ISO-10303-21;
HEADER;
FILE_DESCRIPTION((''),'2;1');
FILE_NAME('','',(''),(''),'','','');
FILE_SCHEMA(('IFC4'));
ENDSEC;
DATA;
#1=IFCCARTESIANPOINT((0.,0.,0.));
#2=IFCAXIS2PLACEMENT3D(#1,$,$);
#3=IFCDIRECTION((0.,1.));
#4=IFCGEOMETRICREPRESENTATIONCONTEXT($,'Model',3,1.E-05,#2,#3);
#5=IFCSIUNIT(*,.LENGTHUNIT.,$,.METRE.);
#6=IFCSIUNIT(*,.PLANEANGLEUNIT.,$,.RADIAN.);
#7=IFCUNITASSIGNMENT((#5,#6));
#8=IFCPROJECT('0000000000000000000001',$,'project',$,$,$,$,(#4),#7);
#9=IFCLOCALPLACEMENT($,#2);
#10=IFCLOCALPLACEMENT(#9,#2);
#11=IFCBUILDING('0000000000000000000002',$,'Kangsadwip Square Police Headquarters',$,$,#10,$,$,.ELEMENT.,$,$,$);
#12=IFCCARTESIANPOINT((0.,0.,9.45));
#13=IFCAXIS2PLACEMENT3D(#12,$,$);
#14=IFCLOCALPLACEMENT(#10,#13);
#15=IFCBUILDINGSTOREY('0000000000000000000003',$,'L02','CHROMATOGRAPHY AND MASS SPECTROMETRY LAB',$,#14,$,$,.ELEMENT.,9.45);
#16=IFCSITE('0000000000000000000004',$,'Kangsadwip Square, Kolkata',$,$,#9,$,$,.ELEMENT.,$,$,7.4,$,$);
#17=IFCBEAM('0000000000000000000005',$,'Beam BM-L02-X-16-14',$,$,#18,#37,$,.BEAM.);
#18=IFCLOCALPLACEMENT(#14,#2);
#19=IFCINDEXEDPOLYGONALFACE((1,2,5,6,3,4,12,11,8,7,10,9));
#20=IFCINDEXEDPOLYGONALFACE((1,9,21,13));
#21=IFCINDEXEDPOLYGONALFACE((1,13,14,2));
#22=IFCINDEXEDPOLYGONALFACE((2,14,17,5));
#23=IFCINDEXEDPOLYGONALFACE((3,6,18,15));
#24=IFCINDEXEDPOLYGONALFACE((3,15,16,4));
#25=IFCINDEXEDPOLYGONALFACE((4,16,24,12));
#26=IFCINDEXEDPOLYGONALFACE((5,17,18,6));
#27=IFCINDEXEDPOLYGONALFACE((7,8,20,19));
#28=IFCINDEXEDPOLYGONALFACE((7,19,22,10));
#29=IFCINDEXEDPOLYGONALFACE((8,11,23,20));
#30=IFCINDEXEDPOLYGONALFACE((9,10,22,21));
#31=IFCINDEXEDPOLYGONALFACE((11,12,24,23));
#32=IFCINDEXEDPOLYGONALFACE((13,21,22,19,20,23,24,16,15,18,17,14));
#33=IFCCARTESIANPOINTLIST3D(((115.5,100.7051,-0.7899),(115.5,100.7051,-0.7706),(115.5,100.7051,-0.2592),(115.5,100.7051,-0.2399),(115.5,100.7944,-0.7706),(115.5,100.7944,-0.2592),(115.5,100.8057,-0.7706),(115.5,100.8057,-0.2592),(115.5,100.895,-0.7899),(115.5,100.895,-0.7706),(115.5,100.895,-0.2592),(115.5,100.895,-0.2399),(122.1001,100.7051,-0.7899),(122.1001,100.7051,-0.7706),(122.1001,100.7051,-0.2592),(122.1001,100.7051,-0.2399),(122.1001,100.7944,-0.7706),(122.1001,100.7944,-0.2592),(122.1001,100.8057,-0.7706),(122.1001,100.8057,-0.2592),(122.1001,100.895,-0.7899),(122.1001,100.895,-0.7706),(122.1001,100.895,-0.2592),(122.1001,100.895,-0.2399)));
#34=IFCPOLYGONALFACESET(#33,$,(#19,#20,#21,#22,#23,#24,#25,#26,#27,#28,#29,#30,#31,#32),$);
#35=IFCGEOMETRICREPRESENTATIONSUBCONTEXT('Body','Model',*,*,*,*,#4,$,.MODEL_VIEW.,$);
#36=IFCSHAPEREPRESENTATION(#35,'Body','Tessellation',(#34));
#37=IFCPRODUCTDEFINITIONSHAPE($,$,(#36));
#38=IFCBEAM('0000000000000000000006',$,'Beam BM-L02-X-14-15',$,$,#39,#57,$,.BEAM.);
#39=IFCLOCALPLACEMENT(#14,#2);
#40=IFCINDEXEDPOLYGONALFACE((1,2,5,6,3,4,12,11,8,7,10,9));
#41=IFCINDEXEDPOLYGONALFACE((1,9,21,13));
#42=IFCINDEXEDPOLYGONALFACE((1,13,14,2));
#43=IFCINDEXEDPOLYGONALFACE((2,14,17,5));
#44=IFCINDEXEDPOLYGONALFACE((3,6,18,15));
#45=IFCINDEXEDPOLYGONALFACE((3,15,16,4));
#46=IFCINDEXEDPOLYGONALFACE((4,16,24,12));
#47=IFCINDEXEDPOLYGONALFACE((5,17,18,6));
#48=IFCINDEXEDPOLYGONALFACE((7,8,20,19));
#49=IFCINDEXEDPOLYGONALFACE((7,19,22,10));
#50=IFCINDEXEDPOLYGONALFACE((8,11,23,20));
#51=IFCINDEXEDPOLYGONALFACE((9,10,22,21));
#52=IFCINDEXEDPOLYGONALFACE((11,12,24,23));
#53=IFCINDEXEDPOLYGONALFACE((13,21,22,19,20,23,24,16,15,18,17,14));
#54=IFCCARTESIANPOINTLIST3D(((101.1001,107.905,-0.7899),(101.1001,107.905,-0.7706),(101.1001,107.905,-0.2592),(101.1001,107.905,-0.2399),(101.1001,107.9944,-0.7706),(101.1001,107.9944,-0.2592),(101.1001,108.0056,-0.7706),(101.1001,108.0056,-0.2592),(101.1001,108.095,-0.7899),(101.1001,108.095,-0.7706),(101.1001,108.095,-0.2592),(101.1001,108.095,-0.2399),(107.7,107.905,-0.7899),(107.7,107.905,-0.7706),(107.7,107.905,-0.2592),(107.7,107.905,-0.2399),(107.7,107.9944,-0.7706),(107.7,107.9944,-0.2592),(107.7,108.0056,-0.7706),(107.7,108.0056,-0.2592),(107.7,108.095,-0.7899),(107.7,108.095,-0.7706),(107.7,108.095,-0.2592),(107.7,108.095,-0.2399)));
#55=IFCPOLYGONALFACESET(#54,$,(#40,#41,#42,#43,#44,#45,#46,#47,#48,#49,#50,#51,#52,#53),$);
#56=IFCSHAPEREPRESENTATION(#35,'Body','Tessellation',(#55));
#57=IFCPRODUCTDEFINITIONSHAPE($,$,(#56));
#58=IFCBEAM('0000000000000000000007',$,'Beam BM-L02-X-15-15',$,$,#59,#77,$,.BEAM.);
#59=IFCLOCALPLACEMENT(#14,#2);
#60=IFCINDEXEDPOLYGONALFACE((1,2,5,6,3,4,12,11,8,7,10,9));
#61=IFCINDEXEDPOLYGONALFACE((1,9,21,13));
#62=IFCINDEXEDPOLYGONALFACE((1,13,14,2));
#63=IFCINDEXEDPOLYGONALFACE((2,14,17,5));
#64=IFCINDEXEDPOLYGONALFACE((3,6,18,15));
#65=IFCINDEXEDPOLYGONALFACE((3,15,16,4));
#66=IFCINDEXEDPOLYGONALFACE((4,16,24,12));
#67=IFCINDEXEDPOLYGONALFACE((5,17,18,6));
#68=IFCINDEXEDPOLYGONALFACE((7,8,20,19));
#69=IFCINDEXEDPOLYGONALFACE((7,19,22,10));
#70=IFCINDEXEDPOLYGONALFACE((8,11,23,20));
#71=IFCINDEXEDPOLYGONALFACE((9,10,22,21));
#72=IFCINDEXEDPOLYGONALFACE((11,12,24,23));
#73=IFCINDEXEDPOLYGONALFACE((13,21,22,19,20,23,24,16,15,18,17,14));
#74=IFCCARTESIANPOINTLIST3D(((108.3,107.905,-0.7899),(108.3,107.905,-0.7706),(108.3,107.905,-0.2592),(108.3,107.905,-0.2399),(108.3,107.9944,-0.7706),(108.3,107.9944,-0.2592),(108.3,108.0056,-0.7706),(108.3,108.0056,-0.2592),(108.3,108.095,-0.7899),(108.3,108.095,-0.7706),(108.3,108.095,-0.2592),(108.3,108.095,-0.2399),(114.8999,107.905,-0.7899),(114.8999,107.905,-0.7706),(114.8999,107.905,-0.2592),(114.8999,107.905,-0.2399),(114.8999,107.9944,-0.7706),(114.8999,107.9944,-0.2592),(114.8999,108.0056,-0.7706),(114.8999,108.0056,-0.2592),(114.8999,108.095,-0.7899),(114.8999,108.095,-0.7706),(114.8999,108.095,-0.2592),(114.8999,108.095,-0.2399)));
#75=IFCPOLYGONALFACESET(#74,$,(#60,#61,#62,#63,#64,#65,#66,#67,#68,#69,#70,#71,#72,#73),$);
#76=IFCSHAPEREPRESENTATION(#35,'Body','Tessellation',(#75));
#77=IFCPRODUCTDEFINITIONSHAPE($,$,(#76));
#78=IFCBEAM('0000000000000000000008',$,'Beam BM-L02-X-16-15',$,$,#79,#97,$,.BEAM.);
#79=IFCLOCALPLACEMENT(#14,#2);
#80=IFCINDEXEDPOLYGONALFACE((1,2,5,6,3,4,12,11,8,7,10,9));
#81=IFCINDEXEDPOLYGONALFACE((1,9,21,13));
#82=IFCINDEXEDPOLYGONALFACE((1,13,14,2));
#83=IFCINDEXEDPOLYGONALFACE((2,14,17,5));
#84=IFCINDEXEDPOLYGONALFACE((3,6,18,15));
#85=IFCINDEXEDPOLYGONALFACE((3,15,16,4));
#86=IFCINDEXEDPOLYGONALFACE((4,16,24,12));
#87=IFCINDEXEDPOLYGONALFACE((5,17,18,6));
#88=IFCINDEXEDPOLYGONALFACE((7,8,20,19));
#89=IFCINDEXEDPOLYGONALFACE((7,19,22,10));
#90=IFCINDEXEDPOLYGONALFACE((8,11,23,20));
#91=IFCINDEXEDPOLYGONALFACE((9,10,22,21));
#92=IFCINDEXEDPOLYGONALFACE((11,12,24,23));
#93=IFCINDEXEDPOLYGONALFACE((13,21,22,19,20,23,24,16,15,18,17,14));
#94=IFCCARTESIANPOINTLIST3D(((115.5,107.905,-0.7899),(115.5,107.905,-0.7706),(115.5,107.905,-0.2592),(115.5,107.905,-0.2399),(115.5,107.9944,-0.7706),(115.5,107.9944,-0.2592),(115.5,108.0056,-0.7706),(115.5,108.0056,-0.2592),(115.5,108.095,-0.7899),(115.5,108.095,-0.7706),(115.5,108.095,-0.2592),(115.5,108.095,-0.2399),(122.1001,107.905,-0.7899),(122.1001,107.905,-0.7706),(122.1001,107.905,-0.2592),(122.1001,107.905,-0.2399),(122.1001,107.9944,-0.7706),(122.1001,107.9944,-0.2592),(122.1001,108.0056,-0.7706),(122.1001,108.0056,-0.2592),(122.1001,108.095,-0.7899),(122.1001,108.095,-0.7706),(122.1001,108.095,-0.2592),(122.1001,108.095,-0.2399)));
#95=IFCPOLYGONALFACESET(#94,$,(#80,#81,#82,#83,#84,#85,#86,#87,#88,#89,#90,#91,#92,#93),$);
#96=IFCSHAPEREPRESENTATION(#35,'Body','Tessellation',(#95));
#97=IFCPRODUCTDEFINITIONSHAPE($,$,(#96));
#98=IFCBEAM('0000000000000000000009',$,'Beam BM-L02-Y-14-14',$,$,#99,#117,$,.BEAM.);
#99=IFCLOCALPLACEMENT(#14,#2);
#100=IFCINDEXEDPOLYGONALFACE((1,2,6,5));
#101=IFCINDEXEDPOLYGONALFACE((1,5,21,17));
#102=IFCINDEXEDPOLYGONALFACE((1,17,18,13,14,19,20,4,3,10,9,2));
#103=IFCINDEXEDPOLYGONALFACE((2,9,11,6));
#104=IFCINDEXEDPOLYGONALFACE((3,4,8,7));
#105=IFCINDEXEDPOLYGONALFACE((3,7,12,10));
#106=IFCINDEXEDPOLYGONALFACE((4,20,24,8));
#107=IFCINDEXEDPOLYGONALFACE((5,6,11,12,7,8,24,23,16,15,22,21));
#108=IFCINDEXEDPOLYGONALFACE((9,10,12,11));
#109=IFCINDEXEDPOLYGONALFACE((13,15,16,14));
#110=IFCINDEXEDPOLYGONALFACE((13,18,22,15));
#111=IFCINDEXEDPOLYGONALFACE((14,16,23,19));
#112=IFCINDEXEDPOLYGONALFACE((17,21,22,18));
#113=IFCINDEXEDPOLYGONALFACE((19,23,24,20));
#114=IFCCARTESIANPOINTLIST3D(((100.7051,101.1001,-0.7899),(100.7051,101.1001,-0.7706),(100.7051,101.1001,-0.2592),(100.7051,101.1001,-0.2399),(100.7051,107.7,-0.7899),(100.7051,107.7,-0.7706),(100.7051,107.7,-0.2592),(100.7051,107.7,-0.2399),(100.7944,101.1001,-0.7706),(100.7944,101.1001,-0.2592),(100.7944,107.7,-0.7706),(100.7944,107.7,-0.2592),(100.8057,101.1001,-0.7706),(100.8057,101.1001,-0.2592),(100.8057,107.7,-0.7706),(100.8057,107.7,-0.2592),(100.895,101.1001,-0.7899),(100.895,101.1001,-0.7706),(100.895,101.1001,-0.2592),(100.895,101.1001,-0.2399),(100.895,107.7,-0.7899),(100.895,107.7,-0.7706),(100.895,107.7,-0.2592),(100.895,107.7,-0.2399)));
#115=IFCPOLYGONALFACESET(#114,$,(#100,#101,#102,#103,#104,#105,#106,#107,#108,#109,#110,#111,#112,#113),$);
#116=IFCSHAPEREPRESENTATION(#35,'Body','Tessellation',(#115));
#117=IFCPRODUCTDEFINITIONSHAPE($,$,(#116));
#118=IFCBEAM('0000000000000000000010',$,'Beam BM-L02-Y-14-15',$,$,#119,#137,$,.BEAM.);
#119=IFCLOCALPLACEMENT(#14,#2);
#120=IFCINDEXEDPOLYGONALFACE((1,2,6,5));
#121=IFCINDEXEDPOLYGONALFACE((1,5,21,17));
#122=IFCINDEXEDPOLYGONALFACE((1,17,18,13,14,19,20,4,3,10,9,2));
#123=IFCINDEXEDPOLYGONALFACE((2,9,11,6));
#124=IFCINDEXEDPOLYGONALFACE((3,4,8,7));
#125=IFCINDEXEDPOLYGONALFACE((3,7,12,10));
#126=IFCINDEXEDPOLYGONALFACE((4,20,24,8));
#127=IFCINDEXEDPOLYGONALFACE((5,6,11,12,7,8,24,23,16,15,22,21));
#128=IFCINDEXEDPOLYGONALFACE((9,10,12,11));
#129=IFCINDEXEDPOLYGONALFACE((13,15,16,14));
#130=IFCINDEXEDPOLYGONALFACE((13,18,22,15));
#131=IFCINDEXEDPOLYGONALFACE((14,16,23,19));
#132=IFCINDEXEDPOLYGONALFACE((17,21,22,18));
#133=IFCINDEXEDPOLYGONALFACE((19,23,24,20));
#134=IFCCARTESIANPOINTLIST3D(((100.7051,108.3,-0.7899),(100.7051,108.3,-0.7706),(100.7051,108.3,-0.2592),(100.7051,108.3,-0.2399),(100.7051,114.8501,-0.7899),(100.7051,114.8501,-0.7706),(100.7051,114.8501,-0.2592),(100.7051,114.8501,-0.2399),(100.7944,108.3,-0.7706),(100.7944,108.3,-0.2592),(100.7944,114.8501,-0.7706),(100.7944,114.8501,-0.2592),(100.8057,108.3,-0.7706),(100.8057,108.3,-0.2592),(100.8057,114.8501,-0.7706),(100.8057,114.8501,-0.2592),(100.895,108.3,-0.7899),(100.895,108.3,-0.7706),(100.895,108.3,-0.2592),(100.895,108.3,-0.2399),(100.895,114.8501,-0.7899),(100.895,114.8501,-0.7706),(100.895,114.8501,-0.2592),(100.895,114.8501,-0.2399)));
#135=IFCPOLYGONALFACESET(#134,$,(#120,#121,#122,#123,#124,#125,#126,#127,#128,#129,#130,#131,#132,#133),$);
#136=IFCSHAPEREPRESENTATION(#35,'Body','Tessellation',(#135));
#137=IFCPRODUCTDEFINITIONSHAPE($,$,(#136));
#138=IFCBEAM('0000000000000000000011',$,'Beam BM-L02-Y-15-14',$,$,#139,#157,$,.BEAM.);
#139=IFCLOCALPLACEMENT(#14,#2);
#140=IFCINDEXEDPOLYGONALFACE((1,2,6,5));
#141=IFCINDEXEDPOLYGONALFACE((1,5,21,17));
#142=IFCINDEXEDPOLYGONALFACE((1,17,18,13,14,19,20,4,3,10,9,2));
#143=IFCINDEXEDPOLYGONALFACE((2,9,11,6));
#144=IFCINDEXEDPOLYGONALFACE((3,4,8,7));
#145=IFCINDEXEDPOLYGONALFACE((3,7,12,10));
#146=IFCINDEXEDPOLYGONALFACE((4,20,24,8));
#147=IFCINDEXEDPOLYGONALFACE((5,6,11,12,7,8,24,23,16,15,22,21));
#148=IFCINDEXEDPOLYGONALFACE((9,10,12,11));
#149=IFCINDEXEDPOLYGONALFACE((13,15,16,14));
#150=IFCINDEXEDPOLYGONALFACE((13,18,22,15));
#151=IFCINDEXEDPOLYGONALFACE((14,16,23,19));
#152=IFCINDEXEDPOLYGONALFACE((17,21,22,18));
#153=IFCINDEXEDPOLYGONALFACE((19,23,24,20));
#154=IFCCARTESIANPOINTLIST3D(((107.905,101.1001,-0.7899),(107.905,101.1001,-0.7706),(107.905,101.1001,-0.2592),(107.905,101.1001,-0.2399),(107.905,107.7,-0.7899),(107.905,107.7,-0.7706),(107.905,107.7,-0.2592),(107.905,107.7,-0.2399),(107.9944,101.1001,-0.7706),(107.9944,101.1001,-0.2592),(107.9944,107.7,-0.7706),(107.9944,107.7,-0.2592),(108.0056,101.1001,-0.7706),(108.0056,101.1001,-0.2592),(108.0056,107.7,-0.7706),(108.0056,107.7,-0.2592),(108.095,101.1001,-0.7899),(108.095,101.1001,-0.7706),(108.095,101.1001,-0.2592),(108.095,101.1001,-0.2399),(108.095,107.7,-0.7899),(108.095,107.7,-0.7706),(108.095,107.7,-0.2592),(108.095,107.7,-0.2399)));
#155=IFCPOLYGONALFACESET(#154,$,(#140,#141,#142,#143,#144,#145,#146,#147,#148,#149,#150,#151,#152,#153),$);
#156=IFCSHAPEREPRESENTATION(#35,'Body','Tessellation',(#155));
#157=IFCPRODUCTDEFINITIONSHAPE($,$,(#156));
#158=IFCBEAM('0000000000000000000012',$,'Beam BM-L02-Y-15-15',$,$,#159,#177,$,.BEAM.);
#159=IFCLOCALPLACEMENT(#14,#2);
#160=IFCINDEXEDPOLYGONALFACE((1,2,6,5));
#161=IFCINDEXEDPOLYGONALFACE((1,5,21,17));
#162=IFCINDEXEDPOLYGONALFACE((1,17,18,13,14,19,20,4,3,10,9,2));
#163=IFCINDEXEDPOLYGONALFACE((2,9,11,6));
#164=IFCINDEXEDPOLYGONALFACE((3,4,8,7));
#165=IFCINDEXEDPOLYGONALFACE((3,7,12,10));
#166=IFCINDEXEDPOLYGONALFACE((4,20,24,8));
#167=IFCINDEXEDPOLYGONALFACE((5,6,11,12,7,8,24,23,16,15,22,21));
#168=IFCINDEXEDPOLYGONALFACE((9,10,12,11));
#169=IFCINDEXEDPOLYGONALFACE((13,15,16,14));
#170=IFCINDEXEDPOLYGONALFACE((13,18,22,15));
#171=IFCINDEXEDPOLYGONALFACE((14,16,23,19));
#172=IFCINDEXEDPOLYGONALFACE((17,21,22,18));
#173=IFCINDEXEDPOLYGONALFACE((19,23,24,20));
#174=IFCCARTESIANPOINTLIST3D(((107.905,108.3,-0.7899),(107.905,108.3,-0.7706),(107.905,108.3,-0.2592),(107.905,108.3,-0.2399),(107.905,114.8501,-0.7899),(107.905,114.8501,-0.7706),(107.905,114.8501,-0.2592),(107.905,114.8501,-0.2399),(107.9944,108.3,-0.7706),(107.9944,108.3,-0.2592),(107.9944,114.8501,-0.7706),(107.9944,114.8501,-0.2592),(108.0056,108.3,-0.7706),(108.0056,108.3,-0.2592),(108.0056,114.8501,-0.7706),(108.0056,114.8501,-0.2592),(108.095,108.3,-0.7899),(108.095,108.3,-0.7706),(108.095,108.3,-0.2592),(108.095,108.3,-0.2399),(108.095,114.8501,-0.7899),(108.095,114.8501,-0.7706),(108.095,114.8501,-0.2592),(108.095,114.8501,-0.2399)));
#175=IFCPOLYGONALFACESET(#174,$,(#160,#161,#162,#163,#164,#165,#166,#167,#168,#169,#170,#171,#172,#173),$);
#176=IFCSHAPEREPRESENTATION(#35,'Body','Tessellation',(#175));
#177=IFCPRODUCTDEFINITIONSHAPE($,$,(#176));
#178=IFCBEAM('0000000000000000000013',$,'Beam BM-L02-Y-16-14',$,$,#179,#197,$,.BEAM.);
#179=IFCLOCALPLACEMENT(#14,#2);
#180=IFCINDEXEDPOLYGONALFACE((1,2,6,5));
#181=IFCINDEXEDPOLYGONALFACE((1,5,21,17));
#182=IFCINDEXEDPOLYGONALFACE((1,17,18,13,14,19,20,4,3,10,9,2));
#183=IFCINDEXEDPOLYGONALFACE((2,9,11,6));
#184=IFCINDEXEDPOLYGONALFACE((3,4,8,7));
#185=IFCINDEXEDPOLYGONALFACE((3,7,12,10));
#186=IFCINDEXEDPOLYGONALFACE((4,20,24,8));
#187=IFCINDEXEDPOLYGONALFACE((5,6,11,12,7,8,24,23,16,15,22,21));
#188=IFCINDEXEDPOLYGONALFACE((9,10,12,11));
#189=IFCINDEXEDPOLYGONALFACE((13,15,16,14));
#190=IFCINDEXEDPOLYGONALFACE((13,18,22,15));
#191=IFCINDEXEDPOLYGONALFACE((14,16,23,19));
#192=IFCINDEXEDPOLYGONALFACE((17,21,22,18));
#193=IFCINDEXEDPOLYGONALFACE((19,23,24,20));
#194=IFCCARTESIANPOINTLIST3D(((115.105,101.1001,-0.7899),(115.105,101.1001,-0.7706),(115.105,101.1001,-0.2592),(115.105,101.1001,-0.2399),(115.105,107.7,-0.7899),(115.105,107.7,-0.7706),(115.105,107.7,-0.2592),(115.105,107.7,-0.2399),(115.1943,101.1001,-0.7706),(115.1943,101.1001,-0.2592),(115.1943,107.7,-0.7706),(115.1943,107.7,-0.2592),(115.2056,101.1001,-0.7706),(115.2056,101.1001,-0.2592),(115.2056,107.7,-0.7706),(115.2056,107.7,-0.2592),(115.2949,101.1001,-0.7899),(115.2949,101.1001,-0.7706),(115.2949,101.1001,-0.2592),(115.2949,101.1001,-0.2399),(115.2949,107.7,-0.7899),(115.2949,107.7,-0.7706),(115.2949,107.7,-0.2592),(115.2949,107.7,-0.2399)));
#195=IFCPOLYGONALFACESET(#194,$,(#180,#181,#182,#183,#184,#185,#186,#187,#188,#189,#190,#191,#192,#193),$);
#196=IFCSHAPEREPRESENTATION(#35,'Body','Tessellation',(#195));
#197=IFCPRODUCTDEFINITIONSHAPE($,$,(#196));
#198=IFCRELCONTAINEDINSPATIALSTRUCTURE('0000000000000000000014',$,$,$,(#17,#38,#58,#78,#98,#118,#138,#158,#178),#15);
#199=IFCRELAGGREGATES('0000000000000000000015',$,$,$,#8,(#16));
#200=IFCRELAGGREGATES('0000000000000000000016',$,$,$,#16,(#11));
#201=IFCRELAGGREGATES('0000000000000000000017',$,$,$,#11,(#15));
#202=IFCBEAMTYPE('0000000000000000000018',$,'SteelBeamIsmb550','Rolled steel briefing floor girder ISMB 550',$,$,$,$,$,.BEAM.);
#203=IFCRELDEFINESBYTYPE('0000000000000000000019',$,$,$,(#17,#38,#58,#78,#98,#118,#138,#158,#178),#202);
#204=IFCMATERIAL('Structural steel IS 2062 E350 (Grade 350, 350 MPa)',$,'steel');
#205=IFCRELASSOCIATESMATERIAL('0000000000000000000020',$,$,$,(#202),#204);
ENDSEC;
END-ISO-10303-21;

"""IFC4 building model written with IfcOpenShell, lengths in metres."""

from ifc_helpers import new_model, si_unit, direction, frame, origin, origin_2d, place, context, subcontext, project, spatial, i_section, extrude, material, material_profile, profile_set, type_object, element, save


model = new_model("IFC4")

# Units and contexts
model_context = context("Model", 3, precision=1e-05, world=origin(), true_north=direction((0.0, 1.0)))
body_context = subcontext(model_context, "Body", "Model", "MODEL_VIEW")
ifc_project = project(units=[si_unit("LENGTHUNIT", "METRE"), si_unit("PLANEANGLEUNIT", "RADIAN")], contexts=[model_context])

# Site, building, storey
site_placement = place(None, origin())
site = spatial("IfcSite", under=ifc_project, at=site_placement, Name="Kangsadwip Square, Kolkata", CompositionType="ELEMENT", RefElevation=7.4)
building_placement = place(site_placement, origin())
building = spatial("IfcBuilding", under=site, at=building_placement, Name="Kangsadwip Square Police Headquarters", CompositionType="ELEMENT")
storey_placement = place(building_placement, frame((0.0, 0.0, 9.45)))
storey = spatial("IfcBuildingStorey", under=building, at=storey_placement, Name="L02", Description="CHROMATOGRAPHY AND MASS SPECTROMETRY LAB", CompositionType="ELEMENT", Elevation=9.45)

# Beams
ifc_material_1 = material(Name="Structural steel IS 2062 E350 (Grade 350, 350 MPa)", Category="steel")
ifc_material_profile_1 = material_profile(ifc_material_1, i_section(OverallWidth=0.1899, OverallDepth=0.55, WebThickness=0.0112, FlangeThickness=0.0193, at=origin_2d()), Name="ISMB 550")
ifc_profile_set_1 = profile_set([ifc_material_profile_1], Name="Structural steel IS 2062 E350 (Grade 350, 350 MPa)")
beam_type_1 = type_object("IfcBeamType", Name="SteelBeamIsmb550", Description="Rolled steel briefing floor girder ISMB 550", PredefinedType="BEAM", material=ifc_profile_set_1)
beam_1_placement = place(storey_placement, frame((115.5, 100.8, -0.5149), z_axis=(1.0, 0.0, 0.0), x_axis=(0.0, 1.0, 0.0)))
element("IfcBeam", 1, at=beam_1_placement, inside=storey, type_object=beam_type_1, Name="Beam BM-L02-X-16-14", PredefinedType="BEAM", context=body_context, shape_type="SweptSolid", body=[
    extrude(i_section(OverallWidth=0.1899, OverallDepth=0.55, WebThickness=0.0112, FlangeThickness=0.0193, at=origin_2d()), origin(), (0.0, 0.0, 1.0), 6.6001),
])
for number, where, z_axis, x_axis, name in (
    (2, (101.1001, 108.0, -0.5149), (1.0, 0.0, 0.0), (0.0, 1.0, 0.0), "Beam BM-L02-X-14-15"),
    (3, (108.3, 108.0, -0.5149), (1.0, 0.0, 0.0), (0.0, 1.0, 0.0), "Beam BM-L02-X-15-15"),
):
    element("IfcBeam", number, at=place(storey_placement, frame(where, z_axis=z_axis, x_axis=x_axis)), inside=storey, type_object=beam_type_1, Name=name, PredefinedType="BEAM", context=body_context, shape_type="SweptSolid", body=[
        extrude(i_section(OverallWidth=0.1899, OverallDepth=0.55, WebThickness=0.0112, FlangeThickness=0.0193, at=origin_2d()), origin(), (0.0, 0.0, 1.0), 6.5999),
    ])
beam_2_placement = place(storey_placement, frame((115.5, 108.0, -0.5149), z_axis=(1.0, 0.0, 0.0), x_axis=(0.0, 1.0, 0.0)))
element("IfcBeam", 4, at=beam_2_placement, inside=storey, type_object=beam_type_1, Name="Beam BM-L02-X-16-15", PredefinedType="BEAM", context=body_context, shape_type="SweptSolid", body=[
    extrude(i_section(OverallWidth=0.1899, OverallDepth=0.55, WebThickness=0.0112, FlangeThickness=0.0193, at=origin_2d()), origin(), (0.0, 0.0, 1.0), 6.6001),
])
beam_3_placement = place(storey_placement, frame((100.8, 101.1001, -0.5149), z_axis=(0.0, 1.0, 0.0), x_axis=(-1.0, 0.0, 0.0)))
element("IfcBeam", 5, at=beam_3_placement, inside=storey, type_object=beam_type_1, Name="Beam BM-L02-Y-14-14", PredefinedType="BEAM", context=body_context, shape_type="SweptSolid", body=[
    extrude(i_section(OverallWidth=0.1899, OverallDepth=0.55, WebThickness=0.0112, FlangeThickness=0.0193, at=origin_2d()), origin(), (0.0, 0.0, 1.0), 6.5999),
])
beam_4_placement = place(storey_placement, frame((100.8, 108.3, -0.5149), z_axis=(0.0, 1.0, 0.0), x_axis=(-1.0, 0.0, 0.0)))
element("IfcBeam", 6, at=beam_4_placement, inside=storey, type_object=beam_type_1, Name="Beam BM-L02-Y-14-15", PredefinedType="BEAM", context=body_context, shape_type="SweptSolid", body=[
    extrude(i_section(OverallWidth=0.1899, OverallDepth=0.55, WebThickness=0.0112, FlangeThickness=0.0193, at=origin_2d()), origin(), (0.0, 0.0, 1.0), 6.55),
])
beam_5_placement = place(storey_placement, frame((108.0, 101.1001, -0.5149), z_axis=(0.0, 1.0, 0.0), x_axis=(-1.0, 0.0, 0.0)))
element("IfcBeam", 7, at=beam_5_placement, inside=storey, type_object=beam_type_1, Name="Beam BM-L02-Y-15-14", PredefinedType="BEAM", context=body_context, shape_type="SweptSolid", body=[
    extrude(i_section(OverallWidth=0.1899, OverallDepth=0.55, WebThickness=0.0112, FlangeThickness=0.0193, at=origin_2d()), origin(), (0.0, 0.0, 1.0), 6.5999),
])
beam_6_placement = place(storey_placement, frame((108.0, 108.3, -0.5149), z_axis=(0.0, 1.0, 0.0), x_axis=(-1.0, 0.0, 0.0)))
element("IfcBeam", 8, at=beam_6_placement, inside=storey, type_object=beam_type_1, Name="Beam BM-L02-Y-15-15", PredefinedType="BEAM", context=body_context, shape_type="SweptSolid", body=[
    extrude(i_section(OverallWidth=0.1899, OverallDepth=0.55, WebThickness=0.0112, FlangeThickness=0.0193, at=origin_2d()), origin(), (0.0, 0.0, 1.0), 6.55),
])
beam_7_placement = place(storey_placement, frame((115.2, 101.1001, -0.5149), z_axis=(0.0, 1.0, 0.0), x_axis=(-1.0, 0.0, 0.0)))
element("IfcBeam", 9, at=beam_7_placement, inside=storey, type_object=beam_type_1, Name="Beam BM-L02-Y-16-14", PredefinedType="BEAM", context=body_context, shape_type="SweptSolid", body=[
    extrude(i_section(OverallWidth=0.1899, OverallDepth=0.55, WebThickness=0.0112, FlangeThickness=0.0193, at=origin_2d()), origin(), (0.0, 0.0, 1.0), 6.5999),
])

save(model, "model.ifc")
